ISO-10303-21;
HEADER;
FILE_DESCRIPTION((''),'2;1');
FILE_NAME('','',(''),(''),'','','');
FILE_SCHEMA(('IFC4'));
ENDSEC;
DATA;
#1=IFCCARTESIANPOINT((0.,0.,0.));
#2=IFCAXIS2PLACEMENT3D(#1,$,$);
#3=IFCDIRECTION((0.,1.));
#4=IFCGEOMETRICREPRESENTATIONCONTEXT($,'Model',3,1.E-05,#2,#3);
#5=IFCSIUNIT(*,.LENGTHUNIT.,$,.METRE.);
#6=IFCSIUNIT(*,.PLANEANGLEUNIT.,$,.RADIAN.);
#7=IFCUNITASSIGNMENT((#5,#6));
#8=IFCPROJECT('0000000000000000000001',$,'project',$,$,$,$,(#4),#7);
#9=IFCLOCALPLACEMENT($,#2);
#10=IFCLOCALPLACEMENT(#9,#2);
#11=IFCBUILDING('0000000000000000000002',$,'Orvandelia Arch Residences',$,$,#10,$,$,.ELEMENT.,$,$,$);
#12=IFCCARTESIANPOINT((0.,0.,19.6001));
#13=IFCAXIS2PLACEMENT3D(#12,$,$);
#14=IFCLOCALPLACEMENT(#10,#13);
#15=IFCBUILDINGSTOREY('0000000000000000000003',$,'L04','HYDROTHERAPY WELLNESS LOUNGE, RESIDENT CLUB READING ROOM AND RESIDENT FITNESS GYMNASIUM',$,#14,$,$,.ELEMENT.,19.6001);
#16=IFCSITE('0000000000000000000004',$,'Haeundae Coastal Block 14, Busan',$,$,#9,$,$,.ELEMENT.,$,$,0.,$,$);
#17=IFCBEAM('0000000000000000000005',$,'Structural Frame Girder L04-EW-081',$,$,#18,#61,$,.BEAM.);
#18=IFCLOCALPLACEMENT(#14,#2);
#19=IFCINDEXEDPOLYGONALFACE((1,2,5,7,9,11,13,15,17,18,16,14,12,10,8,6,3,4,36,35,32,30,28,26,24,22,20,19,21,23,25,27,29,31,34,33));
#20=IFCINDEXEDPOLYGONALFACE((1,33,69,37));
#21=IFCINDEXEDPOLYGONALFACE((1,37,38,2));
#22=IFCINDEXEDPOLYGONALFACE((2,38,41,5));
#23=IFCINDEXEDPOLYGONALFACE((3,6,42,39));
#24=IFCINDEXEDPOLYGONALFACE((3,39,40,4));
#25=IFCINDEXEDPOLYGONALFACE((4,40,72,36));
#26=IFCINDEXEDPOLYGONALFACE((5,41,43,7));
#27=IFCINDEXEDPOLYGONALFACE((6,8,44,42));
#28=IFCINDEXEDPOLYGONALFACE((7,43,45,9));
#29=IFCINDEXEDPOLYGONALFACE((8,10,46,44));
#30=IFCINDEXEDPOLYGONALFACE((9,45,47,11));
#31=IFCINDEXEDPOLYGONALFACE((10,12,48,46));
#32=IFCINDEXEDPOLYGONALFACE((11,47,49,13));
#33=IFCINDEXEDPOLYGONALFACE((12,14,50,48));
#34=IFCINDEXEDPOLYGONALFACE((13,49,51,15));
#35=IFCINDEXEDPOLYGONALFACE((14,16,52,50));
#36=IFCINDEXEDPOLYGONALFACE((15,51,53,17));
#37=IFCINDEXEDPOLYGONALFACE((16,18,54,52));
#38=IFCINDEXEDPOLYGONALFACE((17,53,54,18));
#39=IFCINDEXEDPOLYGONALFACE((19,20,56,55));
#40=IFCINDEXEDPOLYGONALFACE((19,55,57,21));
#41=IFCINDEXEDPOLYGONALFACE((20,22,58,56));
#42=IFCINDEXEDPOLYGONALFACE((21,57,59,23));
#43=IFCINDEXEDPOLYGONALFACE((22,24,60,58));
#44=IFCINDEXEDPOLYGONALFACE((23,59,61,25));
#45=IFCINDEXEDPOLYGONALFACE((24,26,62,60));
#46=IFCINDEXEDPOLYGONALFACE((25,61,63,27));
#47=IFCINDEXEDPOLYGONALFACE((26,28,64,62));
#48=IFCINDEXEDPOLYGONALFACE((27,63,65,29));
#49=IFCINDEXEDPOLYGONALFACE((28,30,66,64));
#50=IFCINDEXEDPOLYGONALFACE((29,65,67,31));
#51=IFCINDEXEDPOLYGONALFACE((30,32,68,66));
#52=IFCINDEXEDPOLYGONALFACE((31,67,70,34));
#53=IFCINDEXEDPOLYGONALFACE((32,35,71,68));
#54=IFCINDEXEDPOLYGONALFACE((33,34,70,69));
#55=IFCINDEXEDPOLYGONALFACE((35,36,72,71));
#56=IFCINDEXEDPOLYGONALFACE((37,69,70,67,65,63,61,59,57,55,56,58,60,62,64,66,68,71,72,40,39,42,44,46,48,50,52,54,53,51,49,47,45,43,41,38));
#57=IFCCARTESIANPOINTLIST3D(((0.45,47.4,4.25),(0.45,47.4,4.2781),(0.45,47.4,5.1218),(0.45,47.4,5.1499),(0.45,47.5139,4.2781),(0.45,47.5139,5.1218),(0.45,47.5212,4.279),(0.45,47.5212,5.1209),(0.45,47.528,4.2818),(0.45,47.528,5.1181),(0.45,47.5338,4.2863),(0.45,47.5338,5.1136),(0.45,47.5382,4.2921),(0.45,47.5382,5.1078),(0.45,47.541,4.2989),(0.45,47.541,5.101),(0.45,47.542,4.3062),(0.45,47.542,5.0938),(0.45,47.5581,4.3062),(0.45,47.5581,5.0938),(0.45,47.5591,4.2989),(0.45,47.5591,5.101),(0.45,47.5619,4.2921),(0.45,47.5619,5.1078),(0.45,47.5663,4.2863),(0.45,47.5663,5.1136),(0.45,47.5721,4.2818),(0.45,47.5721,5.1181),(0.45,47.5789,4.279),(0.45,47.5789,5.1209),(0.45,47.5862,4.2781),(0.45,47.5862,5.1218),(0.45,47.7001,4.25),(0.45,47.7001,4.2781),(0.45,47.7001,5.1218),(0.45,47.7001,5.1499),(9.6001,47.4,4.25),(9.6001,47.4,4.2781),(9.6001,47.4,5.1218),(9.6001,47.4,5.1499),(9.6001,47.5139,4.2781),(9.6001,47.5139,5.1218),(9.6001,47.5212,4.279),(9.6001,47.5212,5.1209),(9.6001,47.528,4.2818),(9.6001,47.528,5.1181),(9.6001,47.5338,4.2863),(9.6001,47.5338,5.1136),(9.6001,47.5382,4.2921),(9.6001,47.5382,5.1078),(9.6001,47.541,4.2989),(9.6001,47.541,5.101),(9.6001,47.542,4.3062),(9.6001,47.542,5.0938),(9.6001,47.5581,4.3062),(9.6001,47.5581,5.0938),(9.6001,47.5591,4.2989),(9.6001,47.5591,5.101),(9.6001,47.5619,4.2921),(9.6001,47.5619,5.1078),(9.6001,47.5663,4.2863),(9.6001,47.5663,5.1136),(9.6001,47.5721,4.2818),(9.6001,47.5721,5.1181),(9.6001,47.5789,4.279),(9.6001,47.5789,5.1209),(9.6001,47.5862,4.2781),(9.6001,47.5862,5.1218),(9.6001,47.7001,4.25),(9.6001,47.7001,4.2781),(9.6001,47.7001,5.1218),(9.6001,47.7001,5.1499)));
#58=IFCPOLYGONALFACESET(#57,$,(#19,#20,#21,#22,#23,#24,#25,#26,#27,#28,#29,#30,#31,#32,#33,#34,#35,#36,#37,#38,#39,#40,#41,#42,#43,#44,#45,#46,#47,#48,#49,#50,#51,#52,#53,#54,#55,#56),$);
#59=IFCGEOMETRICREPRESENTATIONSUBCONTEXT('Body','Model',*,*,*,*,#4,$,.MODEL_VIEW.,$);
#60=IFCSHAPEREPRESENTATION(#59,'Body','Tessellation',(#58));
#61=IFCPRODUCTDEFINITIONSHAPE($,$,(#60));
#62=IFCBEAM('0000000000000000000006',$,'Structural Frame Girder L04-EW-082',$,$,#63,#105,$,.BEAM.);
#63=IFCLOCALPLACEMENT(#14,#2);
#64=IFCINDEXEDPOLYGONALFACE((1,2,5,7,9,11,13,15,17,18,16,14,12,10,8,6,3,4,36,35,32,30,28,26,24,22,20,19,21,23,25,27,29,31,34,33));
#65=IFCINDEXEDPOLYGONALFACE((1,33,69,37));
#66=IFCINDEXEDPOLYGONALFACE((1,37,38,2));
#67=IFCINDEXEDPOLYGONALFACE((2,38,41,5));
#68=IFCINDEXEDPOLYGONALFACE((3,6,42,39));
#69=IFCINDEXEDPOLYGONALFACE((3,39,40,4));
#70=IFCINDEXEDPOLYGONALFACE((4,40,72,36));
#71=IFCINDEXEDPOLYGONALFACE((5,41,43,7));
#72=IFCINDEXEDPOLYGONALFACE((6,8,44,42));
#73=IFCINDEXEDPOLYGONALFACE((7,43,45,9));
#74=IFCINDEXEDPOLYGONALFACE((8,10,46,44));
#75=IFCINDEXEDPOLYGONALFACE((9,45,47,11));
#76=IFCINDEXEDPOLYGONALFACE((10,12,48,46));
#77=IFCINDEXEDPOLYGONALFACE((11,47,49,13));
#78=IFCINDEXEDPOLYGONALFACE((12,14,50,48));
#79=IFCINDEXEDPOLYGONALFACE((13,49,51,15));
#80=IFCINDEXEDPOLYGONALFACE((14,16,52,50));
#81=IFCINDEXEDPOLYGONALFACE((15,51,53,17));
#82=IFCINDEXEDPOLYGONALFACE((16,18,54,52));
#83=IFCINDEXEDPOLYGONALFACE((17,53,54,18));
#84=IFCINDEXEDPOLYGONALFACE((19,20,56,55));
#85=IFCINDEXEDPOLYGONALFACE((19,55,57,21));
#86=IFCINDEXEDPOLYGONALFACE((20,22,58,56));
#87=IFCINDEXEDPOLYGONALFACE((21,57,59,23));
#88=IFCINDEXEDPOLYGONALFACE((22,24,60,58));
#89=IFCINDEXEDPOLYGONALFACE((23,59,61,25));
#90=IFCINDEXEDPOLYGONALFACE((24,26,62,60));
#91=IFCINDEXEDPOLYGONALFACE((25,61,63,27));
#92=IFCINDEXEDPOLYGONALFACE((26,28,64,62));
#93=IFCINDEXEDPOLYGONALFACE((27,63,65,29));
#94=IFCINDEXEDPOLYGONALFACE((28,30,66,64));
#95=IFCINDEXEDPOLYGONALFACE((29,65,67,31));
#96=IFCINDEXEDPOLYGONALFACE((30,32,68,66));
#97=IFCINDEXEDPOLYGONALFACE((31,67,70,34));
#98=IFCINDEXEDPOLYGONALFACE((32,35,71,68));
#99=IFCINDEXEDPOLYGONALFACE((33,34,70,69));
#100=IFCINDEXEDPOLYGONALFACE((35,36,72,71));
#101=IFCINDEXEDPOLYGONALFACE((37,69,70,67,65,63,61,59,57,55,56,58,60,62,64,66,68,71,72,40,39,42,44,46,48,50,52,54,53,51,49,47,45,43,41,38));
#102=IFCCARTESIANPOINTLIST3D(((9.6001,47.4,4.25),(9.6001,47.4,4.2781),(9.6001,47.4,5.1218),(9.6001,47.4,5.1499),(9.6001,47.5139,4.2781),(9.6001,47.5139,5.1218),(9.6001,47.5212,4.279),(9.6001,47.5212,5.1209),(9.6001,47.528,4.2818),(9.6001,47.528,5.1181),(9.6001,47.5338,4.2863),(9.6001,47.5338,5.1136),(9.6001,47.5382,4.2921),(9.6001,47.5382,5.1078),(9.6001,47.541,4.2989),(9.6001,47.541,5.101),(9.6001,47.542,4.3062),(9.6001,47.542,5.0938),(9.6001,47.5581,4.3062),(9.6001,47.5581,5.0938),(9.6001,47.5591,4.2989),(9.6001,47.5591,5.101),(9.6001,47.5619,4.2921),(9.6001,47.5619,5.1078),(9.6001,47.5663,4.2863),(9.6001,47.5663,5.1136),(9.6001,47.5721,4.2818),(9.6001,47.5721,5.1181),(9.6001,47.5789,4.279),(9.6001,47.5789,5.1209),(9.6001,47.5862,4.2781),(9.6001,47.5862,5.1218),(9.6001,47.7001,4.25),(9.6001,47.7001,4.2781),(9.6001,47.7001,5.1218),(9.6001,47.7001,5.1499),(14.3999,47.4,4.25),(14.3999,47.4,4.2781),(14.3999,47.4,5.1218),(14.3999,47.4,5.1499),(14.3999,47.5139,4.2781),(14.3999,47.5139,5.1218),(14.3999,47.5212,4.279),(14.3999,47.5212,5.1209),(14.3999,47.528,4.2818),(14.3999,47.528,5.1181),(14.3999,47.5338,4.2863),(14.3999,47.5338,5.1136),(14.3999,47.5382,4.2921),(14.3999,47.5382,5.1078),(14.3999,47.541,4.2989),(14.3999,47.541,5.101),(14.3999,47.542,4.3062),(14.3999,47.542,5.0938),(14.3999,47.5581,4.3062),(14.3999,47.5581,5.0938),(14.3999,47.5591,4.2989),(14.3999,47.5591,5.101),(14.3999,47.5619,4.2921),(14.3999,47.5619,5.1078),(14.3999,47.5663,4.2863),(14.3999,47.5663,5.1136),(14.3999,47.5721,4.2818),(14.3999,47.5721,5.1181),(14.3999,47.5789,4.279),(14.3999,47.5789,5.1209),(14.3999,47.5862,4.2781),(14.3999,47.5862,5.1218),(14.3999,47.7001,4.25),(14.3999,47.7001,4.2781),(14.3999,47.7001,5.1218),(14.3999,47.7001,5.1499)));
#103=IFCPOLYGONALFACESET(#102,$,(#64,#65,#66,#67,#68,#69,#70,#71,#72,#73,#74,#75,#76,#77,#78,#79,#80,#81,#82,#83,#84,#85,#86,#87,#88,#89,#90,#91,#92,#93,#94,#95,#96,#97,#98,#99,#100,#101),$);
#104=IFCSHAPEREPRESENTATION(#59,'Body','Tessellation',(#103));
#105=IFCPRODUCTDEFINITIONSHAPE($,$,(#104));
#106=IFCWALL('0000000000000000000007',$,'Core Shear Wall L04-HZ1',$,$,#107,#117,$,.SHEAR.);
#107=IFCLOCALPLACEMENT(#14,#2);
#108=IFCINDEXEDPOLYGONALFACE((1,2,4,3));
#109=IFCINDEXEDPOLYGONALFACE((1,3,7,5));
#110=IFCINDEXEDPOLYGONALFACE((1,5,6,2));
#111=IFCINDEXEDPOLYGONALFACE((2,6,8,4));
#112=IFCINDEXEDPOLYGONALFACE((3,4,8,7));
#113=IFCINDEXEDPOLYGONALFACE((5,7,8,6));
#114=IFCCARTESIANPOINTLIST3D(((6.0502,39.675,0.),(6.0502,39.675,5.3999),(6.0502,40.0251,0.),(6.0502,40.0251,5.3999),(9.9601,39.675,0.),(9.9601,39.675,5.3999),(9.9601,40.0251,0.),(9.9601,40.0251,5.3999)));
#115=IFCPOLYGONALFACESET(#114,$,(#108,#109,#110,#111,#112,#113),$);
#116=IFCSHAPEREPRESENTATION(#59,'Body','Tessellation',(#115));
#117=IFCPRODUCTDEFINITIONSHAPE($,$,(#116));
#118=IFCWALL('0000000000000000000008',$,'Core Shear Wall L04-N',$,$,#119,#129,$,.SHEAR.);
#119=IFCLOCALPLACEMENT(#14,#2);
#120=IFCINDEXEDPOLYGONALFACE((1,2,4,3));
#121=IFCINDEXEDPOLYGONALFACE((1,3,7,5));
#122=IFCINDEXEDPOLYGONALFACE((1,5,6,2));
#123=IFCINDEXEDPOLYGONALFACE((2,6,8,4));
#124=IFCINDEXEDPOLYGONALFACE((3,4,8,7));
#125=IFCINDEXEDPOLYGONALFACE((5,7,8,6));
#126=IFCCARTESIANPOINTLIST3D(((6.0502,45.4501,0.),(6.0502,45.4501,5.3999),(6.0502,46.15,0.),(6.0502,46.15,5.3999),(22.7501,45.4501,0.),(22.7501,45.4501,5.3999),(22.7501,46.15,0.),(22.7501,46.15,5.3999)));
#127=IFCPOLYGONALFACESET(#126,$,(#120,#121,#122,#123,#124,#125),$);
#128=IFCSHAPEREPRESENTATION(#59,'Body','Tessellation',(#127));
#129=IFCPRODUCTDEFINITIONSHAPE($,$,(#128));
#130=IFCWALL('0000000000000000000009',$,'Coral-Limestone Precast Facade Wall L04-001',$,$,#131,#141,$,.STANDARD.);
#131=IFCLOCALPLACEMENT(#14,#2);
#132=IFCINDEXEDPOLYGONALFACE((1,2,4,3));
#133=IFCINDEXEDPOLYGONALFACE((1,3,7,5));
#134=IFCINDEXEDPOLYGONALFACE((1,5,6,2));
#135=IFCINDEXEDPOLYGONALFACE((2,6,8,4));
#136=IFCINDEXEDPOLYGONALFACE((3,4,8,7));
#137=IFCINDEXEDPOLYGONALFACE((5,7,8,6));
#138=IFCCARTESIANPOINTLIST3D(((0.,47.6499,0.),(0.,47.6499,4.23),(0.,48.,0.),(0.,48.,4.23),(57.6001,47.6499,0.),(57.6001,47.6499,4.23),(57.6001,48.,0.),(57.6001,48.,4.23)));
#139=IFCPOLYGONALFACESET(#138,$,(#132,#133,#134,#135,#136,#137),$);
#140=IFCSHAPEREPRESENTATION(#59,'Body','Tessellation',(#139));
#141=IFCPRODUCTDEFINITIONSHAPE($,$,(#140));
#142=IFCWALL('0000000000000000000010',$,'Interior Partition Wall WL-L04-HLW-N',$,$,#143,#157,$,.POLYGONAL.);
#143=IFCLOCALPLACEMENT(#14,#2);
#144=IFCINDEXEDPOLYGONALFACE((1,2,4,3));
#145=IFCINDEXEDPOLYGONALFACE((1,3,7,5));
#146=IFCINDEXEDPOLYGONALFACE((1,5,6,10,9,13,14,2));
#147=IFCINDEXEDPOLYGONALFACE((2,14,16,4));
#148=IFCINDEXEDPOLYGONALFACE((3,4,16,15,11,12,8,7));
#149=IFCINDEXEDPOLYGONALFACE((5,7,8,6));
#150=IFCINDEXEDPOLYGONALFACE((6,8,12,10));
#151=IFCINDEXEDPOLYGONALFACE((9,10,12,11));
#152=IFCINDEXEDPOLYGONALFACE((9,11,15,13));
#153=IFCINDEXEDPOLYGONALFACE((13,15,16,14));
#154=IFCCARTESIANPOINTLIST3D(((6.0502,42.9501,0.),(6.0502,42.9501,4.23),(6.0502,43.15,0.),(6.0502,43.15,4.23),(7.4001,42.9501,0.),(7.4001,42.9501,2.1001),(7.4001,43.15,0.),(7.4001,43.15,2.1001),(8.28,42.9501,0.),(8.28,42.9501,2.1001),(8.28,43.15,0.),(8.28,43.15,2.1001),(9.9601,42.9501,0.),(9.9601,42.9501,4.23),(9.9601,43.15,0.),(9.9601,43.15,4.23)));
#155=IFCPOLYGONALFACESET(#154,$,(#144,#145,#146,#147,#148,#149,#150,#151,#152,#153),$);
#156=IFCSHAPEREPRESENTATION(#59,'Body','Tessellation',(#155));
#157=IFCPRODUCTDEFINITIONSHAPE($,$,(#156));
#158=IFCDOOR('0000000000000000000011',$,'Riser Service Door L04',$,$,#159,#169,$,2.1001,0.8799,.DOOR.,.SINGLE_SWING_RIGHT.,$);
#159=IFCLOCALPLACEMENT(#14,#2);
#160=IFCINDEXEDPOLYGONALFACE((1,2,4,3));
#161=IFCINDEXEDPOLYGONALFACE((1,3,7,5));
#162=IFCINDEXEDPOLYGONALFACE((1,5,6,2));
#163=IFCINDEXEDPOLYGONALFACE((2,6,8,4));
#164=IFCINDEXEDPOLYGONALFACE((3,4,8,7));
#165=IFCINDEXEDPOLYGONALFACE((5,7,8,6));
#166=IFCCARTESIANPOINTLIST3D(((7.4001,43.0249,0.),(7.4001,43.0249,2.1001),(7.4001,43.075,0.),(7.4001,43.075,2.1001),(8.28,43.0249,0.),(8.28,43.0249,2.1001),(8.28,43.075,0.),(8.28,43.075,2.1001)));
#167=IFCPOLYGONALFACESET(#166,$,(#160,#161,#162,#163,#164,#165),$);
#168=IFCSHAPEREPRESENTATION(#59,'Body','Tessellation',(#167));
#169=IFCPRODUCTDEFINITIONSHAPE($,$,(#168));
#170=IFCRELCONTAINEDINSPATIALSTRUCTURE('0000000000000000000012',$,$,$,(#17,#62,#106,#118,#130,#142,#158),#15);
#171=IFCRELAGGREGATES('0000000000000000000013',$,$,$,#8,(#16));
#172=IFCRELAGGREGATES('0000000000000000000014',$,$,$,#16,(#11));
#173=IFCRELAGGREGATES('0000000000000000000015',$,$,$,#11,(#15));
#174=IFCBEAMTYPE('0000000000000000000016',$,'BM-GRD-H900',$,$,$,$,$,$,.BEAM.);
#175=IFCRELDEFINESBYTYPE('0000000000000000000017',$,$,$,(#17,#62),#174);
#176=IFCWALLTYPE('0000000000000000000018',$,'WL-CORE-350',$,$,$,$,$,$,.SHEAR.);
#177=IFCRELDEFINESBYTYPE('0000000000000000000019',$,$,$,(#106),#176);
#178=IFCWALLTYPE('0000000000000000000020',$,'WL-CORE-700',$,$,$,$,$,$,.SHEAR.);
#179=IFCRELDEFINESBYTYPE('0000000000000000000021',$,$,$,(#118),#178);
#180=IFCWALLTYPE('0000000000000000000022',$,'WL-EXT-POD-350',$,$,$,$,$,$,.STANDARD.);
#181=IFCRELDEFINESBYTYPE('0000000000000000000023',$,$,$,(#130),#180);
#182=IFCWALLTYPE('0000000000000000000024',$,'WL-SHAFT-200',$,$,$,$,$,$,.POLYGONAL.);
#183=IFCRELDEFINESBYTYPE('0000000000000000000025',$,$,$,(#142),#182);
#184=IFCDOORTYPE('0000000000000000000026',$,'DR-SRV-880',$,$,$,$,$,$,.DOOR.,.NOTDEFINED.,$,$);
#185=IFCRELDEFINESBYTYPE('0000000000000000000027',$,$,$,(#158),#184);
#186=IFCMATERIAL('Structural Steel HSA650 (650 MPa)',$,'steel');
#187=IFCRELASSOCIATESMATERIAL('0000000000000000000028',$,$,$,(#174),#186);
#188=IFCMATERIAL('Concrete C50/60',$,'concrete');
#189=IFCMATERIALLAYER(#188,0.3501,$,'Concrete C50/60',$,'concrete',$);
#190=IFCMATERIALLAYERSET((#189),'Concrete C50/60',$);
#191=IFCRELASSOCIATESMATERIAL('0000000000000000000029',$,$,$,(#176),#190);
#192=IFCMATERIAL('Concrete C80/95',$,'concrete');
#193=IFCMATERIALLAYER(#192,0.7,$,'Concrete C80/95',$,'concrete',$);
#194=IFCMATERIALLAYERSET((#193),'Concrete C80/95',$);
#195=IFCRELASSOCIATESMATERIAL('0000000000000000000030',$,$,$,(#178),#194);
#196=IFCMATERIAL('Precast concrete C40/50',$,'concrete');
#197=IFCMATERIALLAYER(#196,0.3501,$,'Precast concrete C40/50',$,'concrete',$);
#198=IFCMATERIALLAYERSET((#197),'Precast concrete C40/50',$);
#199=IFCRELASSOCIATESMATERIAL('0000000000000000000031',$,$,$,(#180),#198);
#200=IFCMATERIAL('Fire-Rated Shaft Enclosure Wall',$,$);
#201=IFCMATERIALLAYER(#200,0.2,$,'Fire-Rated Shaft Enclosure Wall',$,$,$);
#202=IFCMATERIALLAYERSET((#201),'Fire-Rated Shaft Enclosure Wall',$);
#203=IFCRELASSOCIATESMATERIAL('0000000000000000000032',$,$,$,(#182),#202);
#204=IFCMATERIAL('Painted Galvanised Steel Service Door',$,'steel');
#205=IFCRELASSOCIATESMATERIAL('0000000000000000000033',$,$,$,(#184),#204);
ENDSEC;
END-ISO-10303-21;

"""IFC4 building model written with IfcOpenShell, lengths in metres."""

from ifc_helpers import new_model, si_unit, direction, frame, frame_2d, origin, origin_2d, place, context, subcontext, project, spatial, rectangle, i_section, extrude, material, layer, layer_set, material_profile, profile_set, type_object, element, fill, save


model = new_model("IFC4")

# Units and contexts
model_context = context("Model", 3, precision=1e-05, world=origin(), true_north=direction((0.0, 1.0)))
body_context = subcontext(model_context, "Body", "Model", "MODEL_VIEW")
ifc_project = project(units=[si_unit("LENGTHUNIT", "METRE"), si_unit("PLANEANGLEUNIT", "RADIAN")], contexts=[model_context])

# Site, building, storey
site_placement = place(None, origin())
site = spatial("IfcSite", under=ifc_project, at=site_placement, Name="Haeundae Coastal Block 14, Busan", CompositionType="ELEMENT", RefElevation=0.0)
building_placement = place(site_placement, origin())
building = spatial("IfcBuilding", under=site, at=building_placement, Name="Orvandelia Arch Residences", CompositionType="ELEMENT")
storey_placement = place(building_placement, frame((0.0, 0.0, 19.6001)))
storey = spatial("IfcBuildingStorey", under=building, at=storey_placement, Name="L04", Description="HYDROTHERAPY WELLNESS LOUNGE, RESIDENT CLUB READING ROOM AND RESIDENT FITNESS GYMNASIUM", CompositionType="ELEMENT", Elevation=19.6001)

# Shared definitions
ifc_material_1 = material(Name="Concrete C80/95", Category="concrete")

# Beams
ifc_material_2 = material(Name="Structural Steel HSA650 (650 MPa)", Category="steel")
ifc_material_profile_1 = material_profile(ifc_material_2, i_section(OverallWidth=0.3, OverallDepth=0.8999, WebThickness=0.0161, FlangeThickness=0.0281, FilletRadius=0.0281, at=origin_2d()), Name="Structural Steel HSA650 (650 MPa)", Category="steel")
ifc_profile_set_1 = profile_set([ifc_material_profile_1], Name="Structural Steel HSA650 (650 MPa)")
beam_type = type_object("IfcBeamType", Name="BM-GRD-H900", PredefinedType="BEAM", material=ifc_profile_set_1)
beam_1_placement = place(storey_placement, frame((0.45, 47.55, 4.7), z_axis=(1.0, 0.0, 0.0), x_axis=(0.0, 1.0, 0.0)))
element("IfcBeam", 1, at=beam_1_placement, inside=storey, type_object=beam_type, Name="Structural Frame Girder L04-EW-081", PredefinedType="BEAM", context=body_context, shape_type="SweptSolid", body=[
    extrude(i_section(OverallWidth=0.3, OverallDepth=0.8999, WebThickness=0.0161, FlangeThickness=0.0281, FilletRadius=0.0281, at=origin_2d()), origin(), (0.0, 0.0, 1.0), 9.1501),
])
beam_2_placement = place(storey_placement, frame((9.6001, 47.55, 4.7), z_axis=(1.0, 0.0, 0.0), x_axis=(0.0, 1.0, 0.0)))
element("IfcBeam", 2, at=beam_2_placement, inside=storey, type_object=beam_type, Name="Structural Frame Girder L04-EW-082", PredefinedType="BEAM", context=body_context, shape_type="SweptSolid", body=[
    extrude(i_section(OverallWidth=0.3, OverallDepth=0.8999, WebThickness=0.0161, FlangeThickness=0.0281, FilletRadius=0.0281, at=origin_2d()), origin(), (0.0, 0.0, 1.0), 4.7998),
])

# Walls
ifc_material_3 = material(Name="Concrete C50/60", Category="concrete")
ifc_layer_1 = layer(ifc_material_3, 0.3501, Name="Concrete C50/60", Category="concrete")
ifc_layer_set_1 = layer_set([ifc_layer_1], Name="Concrete C50/60")
wall_type_1 = type_object("IfcWallType", Name="WL-CORE-350", PredefinedType="SHEAR", material=ifc_layer_set_1)
wall_1_placement = place(storey_placement, frame((6.05, 39.8501, 0.0), z_axis=(0.0, 0.0, 1.0), x_axis=(1.0, 0.0, 0.0)))
element("IfcWall", 3, at=wall_1_placement, inside=storey, type_object=wall_type_1, Name="Core Shear Wall L04-HZ1", PredefinedType="SHEAR", context=body_context, shape_type="SweptSolid", body=[
    extrude(rectangle(XDim=3.9099, YDim=0.3501, at=frame_2d((1.9551, 0.0))), origin(), (0.0, 0.0, 1.0), 5.3999),
])
ifc_layer_2 = layer(ifc_material_1, 0.7, Name="Concrete C80/95", Category="concrete")
ifc_layer_set_2 = layer_set([ifc_layer_2], Name="Concrete C80/95")
wall_type_2 = type_object("IfcWallType", Name="WL-CORE-700", PredefinedType="SHEAR", material=ifc_layer_set_2)
wall_2_placement = place(storey_placement, frame((6.05, 45.8, 0.0), z_axis=(0.0, 0.0, 1.0), x_axis=(1.0, 0.0, 0.0)))
element("IfcWall", 4, at=wall_2_placement, inside=storey, type_object=wall_type_2, Name="Core Shear Wall L04-N", PredefinedType="SHEAR", context=body_context, shape_type="SweptSolid", body=[
    extrude(rectangle(XDim=16.7, YDim=0.7, at=frame_2d((8.3501, 0.0))), origin(), (0.0, 0.0, 1.0), 5.3999),
])
ifc_material_4 = material(Name="Precast concrete C40/50", Category="concrete")
ifc_layer_3 = layer(ifc_material_4, 0.3501, Name="Precast concrete C40/50", Category="concrete")
ifc_layer_set_3 = layer_set([ifc_layer_3], Name="Precast concrete C40/50")
wall_type_3 = type_object("IfcWallType", Name="WL-EXT-POD-350", PredefinedType="STANDARD", material=ifc_layer_set_3)
wall_3_placement = place(storey_placement, frame((0.0, 47.825, 0.0), z_axis=(0.0, 0.0, 1.0), x_axis=(1.0, 0.0, 0.0)))
element("IfcWall", 5, at=wall_3_placement, inside=storey, type_object=wall_type_3, Name="Coral-Limestone Precast Facade Wall L04-001", PredefinedType="STANDARD", context=body_context, shape_type="SweptSolid", body=[
    extrude(rectangle(XDim=57.6001, YDim=0.3501, at=frame_2d((28.8, 0.0))), origin(), (0.0, 0.0, 1.0), 4.23),
])

# Wall, opening, door
ifc_material_5 = material(Name="Fire-Rated Shaft Enclosure Wall")
ifc_layer_4 = layer(ifc_material_5, 0.2, Name="Fire-Rated Shaft Enclosure Wall")
ifc_layer_set_4 = layer_set([ifc_layer_4], Name="Fire-Rated Shaft Enclosure Wall")
wall_type_4 = type_object("IfcWallType", Name="WL-SHAFT-200", PredefinedType="POLYGONAL", material=ifc_layer_set_4)
wall_4_placement = place(storey_placement, frame((6.05, 43.05, 0.0), z_axis=(0.0, 0.0, 1.0), x_axis=(1.0, 0.0, 0.0)))
wall_4 = element("IfcWall", 6, at=wall_4_placement, inside=storey, type_object=wall_type_4, Name="Interior Partition Wall WL-L04-HLW-N", PredefinedType="POLYGONAL", context=body_context, shape_type="SweptSolid", body=[
    extrude(rectangle(XDim=3.9099, YDim=0.2, at=frame_2d((1.9551, 0.0))), origin(), (0.0, 0.0, 1.0), 4.23),
])
opening_placement = place(wall_4_placement, frame((1.3501, 0.0, 0.0)))
opening = element("IfcOpeningElement", 7, at=opening_placement, cuts=wall_4, PredefinedType="OPENING", context=body_context, shape_type="SweptSolid", body=[
    extrude(rectangle(XDim=0.8799, YDim=2.1001, at=frame_2d((0.4399, 1.05))), frame((0.0, 0.1099, 0.0), z_axis=(0.0, -1.0, 0.0), x_axis=(1.0, 0.0, 0.0)), (0.0, 0.0, 1.0), 0.22),
])
ifc_material_6 = material(Name="Painted Galvanised Steel Service Door", Category="steel")
door_type = type_object("IfcDoorType", Name="DR-SRV-880", OperationType="NOTDEFINED", PredefinedType="DOOR", material=ifc_material_6)
door_placement = place(opening_placement, origin())
door = element("IfcDoor", 8, at=door_placement, inside=storey, type_object=door_type, Name="Riser Service Door L04", OperationType="SINGLE_SWING_RIGHT", OverallHeight=2.1001, OverallWidth=0.8799, PredefinedType="DOOR", context=body_context, shape_type="SweptSolid", body=[
    extrude(rectangle(XDim=0.8799, YDim=2.1001, at=frame_2d((0.4399, 1.05))), frame((0.0, 0.0249, 0.0), z_axis=(0.0, -1.0, 0.0), x_axis=(1.0, 0.0, 0.0)), (0.0, 0.0, 1.0), 0.05),
])
fill(opening, door)

save(model, "model.ifc")
